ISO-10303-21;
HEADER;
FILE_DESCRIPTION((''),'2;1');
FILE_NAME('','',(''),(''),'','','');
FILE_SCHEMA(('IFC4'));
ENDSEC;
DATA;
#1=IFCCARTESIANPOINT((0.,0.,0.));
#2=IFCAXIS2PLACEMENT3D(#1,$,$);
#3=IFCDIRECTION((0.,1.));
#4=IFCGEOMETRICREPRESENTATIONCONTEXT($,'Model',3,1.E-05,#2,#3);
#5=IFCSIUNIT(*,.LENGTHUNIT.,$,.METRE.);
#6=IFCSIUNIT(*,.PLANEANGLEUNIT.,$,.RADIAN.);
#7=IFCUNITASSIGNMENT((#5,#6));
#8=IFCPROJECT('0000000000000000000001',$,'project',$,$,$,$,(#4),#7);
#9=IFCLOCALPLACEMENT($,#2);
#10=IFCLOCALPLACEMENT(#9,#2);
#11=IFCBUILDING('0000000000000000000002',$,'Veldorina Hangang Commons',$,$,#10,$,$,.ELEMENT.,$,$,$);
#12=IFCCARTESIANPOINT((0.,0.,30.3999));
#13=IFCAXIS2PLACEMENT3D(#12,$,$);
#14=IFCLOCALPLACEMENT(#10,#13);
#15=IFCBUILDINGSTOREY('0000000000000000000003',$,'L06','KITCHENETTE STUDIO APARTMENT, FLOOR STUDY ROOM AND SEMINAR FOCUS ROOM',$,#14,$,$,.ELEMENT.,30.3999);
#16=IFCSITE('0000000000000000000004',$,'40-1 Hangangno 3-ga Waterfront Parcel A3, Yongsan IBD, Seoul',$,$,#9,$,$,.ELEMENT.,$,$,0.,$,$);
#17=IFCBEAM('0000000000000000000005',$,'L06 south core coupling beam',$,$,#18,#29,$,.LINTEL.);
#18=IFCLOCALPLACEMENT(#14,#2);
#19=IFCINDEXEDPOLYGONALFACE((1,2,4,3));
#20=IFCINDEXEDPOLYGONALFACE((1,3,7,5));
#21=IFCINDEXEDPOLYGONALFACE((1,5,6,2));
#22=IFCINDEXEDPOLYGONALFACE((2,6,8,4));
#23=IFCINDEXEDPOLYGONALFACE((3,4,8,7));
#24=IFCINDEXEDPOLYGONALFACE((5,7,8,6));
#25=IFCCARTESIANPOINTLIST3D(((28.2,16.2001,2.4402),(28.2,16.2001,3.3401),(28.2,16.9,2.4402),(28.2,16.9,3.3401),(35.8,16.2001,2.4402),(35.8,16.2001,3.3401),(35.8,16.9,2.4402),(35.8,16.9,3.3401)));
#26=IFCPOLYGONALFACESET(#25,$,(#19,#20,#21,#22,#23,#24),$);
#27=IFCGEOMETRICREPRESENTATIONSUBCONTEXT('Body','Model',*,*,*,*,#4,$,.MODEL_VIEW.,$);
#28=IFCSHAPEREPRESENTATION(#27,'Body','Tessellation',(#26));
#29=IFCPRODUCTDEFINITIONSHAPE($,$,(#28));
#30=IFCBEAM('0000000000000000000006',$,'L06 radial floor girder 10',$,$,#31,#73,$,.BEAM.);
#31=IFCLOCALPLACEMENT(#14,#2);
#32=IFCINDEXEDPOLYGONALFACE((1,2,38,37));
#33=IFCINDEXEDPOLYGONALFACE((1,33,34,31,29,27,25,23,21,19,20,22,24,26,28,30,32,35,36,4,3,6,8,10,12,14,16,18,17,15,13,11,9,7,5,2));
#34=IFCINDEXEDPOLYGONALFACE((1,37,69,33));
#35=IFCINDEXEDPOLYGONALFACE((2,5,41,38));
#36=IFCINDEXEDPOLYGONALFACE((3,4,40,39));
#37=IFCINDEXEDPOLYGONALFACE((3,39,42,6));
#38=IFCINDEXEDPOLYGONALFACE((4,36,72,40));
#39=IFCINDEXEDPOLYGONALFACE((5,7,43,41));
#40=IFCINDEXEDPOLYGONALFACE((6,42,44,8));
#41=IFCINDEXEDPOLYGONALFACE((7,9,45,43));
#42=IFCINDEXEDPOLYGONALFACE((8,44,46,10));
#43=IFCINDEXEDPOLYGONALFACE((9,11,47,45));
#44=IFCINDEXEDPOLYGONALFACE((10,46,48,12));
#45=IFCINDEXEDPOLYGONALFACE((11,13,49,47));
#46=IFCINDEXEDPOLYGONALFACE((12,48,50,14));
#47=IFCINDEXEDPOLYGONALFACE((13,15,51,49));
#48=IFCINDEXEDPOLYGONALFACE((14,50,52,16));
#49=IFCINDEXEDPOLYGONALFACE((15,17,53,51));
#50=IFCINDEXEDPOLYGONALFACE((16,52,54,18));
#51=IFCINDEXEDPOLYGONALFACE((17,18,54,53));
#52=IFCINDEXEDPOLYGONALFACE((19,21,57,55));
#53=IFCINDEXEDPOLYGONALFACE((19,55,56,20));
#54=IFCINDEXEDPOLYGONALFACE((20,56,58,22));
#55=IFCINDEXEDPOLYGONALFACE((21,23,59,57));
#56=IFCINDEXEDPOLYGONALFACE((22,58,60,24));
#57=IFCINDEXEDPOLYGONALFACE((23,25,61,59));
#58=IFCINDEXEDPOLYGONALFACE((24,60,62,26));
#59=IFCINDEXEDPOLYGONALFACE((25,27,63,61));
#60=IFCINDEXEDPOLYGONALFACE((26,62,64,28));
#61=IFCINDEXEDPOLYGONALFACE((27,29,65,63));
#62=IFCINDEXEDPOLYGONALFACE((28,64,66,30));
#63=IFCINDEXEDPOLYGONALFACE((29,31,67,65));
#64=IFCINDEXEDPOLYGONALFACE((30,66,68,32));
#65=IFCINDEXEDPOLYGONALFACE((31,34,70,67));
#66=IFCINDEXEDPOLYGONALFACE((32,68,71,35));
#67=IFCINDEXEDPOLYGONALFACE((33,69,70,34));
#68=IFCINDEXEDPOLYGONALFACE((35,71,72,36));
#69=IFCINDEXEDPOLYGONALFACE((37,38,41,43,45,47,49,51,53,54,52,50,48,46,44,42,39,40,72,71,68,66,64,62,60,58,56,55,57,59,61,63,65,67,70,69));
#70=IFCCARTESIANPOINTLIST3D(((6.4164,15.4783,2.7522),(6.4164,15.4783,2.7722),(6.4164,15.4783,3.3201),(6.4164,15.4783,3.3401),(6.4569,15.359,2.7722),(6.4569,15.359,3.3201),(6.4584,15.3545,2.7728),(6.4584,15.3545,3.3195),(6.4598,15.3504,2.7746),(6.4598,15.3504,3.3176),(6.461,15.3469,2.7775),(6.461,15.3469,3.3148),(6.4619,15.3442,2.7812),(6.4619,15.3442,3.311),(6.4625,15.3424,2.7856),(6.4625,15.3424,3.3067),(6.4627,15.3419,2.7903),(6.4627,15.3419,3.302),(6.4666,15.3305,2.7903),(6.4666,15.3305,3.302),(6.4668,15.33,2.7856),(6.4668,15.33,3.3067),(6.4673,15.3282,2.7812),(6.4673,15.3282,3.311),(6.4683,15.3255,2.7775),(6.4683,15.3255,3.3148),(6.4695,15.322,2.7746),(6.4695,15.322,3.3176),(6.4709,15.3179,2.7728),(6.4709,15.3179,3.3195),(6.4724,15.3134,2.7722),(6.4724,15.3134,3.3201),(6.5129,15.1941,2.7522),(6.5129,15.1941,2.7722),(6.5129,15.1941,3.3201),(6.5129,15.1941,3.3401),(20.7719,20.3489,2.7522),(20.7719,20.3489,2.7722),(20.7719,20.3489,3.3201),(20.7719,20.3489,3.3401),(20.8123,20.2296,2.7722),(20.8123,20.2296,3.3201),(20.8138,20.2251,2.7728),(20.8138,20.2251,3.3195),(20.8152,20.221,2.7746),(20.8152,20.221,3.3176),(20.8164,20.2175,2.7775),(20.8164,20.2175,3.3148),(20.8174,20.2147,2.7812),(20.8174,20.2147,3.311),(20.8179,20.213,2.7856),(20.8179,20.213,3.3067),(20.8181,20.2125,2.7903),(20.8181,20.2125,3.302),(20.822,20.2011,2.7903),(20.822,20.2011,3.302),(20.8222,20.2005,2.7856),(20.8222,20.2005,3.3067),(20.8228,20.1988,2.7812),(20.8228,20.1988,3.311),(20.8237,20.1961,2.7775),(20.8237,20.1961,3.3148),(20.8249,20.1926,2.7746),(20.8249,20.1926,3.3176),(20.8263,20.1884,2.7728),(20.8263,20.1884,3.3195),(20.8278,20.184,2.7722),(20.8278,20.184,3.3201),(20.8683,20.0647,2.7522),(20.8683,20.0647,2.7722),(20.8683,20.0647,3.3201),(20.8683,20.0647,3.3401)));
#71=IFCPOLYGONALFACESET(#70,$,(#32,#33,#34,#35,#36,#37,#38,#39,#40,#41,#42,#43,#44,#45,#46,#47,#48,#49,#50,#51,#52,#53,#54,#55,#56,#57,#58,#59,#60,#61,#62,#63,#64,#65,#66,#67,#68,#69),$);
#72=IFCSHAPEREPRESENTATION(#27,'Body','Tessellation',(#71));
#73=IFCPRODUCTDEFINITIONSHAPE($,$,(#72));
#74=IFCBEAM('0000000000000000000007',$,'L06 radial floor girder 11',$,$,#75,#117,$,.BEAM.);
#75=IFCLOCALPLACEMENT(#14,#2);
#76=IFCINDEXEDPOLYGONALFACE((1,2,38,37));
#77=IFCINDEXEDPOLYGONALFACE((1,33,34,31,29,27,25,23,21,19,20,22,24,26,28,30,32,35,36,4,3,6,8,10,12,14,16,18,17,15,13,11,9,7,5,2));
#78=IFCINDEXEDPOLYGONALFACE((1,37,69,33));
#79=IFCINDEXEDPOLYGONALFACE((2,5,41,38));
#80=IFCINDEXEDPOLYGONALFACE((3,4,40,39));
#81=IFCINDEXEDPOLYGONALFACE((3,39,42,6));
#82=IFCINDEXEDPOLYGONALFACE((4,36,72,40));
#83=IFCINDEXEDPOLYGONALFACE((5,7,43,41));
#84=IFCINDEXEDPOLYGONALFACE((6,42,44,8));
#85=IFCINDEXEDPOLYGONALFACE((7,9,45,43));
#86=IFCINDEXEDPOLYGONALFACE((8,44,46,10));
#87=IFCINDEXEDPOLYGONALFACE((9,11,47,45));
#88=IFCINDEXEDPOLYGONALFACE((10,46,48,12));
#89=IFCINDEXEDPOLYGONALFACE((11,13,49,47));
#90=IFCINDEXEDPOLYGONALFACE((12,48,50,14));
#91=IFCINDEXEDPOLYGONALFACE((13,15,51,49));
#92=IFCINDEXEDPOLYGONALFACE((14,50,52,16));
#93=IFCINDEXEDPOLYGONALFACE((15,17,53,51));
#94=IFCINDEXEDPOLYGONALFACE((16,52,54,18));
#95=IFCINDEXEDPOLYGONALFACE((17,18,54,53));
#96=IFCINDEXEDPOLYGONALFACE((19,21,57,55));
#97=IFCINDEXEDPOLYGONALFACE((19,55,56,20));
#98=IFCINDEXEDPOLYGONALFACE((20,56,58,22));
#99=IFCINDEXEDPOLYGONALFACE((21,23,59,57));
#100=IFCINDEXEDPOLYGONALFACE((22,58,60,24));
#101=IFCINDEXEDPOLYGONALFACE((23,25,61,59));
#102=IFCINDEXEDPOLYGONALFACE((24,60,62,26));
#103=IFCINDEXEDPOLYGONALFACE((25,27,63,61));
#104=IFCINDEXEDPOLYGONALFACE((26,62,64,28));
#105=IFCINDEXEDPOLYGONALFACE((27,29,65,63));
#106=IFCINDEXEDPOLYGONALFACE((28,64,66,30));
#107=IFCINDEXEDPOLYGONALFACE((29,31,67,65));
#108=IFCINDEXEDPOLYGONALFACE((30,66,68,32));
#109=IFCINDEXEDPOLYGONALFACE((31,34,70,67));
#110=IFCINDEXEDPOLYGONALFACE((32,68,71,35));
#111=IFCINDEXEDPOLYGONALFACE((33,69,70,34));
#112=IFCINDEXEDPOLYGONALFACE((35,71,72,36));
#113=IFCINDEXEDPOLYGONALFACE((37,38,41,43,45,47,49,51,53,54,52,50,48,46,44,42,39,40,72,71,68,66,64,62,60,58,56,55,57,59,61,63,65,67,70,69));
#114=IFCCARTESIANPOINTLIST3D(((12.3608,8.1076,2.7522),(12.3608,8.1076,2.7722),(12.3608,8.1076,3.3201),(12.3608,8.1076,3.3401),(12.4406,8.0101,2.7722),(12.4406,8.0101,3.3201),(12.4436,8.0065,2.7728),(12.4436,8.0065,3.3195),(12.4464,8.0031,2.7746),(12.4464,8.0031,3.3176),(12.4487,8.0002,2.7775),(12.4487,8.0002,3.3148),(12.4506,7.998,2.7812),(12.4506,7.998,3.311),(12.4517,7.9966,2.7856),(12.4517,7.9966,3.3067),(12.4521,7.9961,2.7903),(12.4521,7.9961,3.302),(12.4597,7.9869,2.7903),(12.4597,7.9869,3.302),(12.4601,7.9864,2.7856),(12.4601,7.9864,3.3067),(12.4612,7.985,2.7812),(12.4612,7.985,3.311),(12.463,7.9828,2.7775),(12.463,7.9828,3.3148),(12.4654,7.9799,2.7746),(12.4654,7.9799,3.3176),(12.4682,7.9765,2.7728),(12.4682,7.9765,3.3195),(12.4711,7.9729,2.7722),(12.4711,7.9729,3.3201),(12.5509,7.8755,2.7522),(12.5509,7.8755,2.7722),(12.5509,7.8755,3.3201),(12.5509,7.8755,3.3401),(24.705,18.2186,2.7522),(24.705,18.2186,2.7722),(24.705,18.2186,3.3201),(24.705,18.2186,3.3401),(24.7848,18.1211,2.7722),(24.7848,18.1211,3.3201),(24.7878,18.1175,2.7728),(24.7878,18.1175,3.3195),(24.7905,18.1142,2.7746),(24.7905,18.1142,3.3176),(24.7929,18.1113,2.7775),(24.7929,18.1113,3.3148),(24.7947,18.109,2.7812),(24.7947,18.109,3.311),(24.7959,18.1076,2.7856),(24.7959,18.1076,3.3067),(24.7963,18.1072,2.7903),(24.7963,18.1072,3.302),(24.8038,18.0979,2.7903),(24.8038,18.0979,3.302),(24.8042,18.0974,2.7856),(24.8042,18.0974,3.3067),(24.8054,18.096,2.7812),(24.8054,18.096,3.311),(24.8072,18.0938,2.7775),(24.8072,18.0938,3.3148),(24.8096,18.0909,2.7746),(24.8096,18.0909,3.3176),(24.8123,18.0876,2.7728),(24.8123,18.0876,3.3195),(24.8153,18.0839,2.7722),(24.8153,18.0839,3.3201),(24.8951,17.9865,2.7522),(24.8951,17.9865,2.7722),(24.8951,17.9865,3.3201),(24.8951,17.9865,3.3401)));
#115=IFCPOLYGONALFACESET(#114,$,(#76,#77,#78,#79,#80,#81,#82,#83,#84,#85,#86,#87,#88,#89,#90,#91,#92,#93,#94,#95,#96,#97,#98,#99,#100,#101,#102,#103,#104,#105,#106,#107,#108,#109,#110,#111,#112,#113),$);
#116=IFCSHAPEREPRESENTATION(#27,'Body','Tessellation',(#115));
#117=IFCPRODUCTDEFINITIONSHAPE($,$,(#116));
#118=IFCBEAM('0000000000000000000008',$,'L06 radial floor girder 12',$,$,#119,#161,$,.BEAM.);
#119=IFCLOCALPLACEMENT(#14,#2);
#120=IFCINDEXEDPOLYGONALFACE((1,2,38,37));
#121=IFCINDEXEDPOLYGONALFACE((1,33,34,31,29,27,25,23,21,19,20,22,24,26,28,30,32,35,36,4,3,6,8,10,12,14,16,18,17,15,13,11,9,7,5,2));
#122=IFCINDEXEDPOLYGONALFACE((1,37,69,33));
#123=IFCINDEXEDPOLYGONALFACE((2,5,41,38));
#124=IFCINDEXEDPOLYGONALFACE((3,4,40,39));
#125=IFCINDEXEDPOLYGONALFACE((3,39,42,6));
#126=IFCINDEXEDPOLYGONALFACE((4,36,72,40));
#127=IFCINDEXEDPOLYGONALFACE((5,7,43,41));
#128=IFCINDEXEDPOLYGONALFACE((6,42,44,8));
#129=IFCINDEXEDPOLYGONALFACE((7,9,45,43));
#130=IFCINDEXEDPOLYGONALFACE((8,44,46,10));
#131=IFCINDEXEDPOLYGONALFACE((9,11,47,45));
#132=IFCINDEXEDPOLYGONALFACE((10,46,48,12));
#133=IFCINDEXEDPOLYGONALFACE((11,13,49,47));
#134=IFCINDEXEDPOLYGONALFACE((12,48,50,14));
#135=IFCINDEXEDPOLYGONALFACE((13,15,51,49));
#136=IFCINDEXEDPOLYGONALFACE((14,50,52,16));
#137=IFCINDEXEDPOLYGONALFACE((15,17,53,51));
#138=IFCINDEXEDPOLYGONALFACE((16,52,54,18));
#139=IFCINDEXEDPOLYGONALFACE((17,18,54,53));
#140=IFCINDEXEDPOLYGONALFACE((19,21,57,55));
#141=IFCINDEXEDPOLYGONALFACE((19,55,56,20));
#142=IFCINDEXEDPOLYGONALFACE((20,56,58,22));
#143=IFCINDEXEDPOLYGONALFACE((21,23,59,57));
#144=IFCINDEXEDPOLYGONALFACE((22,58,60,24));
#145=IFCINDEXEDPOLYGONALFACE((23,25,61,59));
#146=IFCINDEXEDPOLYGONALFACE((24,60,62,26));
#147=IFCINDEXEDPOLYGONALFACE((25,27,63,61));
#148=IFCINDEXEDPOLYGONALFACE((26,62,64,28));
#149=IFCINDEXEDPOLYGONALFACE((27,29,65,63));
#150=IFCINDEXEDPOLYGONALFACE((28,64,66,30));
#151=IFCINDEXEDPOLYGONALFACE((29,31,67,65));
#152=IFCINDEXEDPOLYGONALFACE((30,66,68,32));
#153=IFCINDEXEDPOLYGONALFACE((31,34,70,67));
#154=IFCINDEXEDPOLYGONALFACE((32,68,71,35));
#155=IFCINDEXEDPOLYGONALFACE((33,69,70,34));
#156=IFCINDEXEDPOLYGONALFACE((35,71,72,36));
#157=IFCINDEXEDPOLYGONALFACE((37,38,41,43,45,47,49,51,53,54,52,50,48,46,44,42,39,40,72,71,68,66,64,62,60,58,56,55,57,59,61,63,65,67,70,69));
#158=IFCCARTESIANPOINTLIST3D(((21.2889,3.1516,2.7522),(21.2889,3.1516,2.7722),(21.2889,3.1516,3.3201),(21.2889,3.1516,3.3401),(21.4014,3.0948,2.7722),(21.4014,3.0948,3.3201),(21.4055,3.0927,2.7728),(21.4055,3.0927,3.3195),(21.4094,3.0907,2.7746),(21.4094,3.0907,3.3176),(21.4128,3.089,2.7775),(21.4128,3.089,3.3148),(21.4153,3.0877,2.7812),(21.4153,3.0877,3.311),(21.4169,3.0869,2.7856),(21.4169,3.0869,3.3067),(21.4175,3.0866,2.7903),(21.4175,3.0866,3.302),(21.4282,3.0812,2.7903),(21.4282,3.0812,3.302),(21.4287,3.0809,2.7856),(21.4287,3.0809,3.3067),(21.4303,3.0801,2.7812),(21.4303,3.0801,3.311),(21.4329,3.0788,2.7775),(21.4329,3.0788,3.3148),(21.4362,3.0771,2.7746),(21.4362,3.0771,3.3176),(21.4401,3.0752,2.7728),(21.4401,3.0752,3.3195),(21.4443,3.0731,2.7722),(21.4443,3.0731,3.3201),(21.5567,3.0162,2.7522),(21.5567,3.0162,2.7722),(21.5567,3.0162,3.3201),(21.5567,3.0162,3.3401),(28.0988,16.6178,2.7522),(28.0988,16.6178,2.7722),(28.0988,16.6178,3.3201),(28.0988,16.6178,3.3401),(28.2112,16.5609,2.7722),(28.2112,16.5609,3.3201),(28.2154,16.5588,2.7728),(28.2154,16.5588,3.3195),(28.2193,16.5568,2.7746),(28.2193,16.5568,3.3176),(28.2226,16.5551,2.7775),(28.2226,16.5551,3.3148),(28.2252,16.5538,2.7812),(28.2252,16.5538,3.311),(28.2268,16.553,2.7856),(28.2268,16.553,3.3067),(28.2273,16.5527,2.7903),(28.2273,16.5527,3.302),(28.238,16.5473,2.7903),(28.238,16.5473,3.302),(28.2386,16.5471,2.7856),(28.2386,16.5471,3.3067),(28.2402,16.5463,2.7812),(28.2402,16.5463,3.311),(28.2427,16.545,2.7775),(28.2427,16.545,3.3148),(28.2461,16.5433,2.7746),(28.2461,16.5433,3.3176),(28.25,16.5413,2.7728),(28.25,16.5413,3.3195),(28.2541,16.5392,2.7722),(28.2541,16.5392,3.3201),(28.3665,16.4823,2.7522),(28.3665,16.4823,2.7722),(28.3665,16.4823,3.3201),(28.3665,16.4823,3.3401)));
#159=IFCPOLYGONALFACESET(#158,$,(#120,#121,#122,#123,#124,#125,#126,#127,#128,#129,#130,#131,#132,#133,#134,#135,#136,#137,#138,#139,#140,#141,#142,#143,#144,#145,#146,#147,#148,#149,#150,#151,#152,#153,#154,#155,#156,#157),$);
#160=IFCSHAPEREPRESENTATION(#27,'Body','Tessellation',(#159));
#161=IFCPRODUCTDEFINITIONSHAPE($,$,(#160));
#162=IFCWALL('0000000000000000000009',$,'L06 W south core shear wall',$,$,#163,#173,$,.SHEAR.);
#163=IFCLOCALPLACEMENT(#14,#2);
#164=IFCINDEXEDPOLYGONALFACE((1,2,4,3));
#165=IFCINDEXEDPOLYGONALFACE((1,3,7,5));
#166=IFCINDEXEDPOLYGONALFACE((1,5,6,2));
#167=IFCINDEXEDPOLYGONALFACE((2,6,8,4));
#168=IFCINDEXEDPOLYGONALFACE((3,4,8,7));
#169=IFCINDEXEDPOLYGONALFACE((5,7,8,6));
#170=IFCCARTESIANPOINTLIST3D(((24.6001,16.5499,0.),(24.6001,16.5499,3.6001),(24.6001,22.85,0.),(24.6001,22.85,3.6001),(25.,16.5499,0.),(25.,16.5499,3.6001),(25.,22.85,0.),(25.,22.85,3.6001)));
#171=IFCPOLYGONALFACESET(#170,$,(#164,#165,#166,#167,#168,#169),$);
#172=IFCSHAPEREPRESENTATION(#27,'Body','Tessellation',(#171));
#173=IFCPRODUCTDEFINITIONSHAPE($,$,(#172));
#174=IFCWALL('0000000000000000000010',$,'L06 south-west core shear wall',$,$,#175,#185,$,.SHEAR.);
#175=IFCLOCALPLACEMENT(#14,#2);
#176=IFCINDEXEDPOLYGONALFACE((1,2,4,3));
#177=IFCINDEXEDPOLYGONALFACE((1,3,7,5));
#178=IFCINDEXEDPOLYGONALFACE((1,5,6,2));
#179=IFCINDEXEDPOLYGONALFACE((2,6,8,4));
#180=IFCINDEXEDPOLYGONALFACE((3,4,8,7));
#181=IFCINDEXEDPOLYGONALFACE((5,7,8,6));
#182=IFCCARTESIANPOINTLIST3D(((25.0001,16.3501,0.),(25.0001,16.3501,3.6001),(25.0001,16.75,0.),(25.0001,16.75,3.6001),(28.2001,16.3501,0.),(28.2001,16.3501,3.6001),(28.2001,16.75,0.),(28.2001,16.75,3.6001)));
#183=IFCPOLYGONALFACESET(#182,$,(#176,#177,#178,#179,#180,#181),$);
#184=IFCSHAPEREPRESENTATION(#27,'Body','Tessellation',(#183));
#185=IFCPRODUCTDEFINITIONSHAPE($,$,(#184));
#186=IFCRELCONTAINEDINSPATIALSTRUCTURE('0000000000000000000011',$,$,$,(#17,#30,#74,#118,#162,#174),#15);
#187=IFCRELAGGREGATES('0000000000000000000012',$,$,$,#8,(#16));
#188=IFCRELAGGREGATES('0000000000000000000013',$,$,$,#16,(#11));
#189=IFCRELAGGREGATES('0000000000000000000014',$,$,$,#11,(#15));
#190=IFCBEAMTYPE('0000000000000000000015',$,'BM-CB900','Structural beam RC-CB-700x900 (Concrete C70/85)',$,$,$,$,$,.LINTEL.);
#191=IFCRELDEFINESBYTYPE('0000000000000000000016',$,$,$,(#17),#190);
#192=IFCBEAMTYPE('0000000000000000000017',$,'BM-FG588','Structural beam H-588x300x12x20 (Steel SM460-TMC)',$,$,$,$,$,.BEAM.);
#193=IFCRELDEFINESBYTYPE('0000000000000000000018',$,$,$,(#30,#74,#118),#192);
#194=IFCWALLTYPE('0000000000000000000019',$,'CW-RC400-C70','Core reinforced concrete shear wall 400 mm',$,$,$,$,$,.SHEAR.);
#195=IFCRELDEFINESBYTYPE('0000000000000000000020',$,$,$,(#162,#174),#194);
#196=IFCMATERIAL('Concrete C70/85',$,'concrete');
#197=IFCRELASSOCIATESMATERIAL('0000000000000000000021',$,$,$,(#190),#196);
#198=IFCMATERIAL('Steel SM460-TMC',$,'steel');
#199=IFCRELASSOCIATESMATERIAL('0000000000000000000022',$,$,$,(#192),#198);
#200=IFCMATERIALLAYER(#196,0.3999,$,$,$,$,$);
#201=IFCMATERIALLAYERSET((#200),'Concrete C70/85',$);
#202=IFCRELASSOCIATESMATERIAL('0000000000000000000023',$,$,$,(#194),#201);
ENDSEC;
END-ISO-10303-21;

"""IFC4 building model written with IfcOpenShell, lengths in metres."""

from ifc_helpers import new_model, si_unit, direction, frame, frame_2d, origin, origin_2d, place, context, subcontext, project, spatial, rectangle, i_section, extrude, material, layer, layer_set, material_profile, profile_set, type_object, element, save


model = new_model("IFC4")

# Units and contexts
model_context = context("Model", 3, precision=1e-05, world=origin(), true_north=direction((0.0, 1.0)))
body_context = subcontext(model_context, "Body", "Model", "MODEL_VIEW")
ifc_project = project(units=[si_unit("LENGTHUNIT", "METRE"), si_unit("PLANEANGLEUNIT", "RADIAN")], contexts=[model_context])

# Site, building, storey
site_placement = place(None, origin())
site = spatial("IfcSite", under=ifc_project, at=site_placement, Name="40-1 Hangangno 3-ga Waterfront Parcel A3, Yongsan IBD, Seoul", CompositionType="ELEMENT", RefElevation=0.0)
building_placement = place(site_placement, origin())
building = spatial("IfcBuilding", under=site, at=building_placement, Name="Veldorina Hangang Commons", CompositionType="ELEMENT")
storey_placement = place(building_placement, frame((0.0, 0.0, 30.3999)))
storey = spatial("IfcBuildingStorey", under=building, at=storey_placement, Name="L06", Description="KITCHENETTE STUDIO APARTMENT, FLOOR STUDY ROOM AND SEMINAR FOCUS ROOM", CompositionType="ELEMENT", Elevation=30.3999)

# Beams
ifc_material_1 = material(Name="Concrete C70/85", Category="concrete")
ifc_material_profile_1 = material_profile(ifc_material_1, rectangle(XDim=0.7, YDim=0.8999, at=origin_2d()), Name="RC-CB-700x900")
ifc_profile_set_1 = profile_set([ifc_material_profile_1], Name="Concrete C70/85")
beam_type_1 = type_object("IfcBeamType", Name="BM-CB900", Description="Structural beam RC-CB-700x900 (Concrete C70/85)", PredefinedType="LINTEL", material=ifc_profile_set_1)
beam_1_placement = place(storey_placement, frame((28.2, 16.55, 2.8901), z_axis=(1.0, 0.0, 0.0), x_axis=(0.0, 1.0, 0.0)))
element("IfcBeam", 1, at=beam_1_placement, inside=storey, type_object=beam_type_1, Name="L06 south core coupling beam", PredefinedType="LINTEL", context=body_context, shape_type="SweptSolid", body=[
    extrude(rectangle(XDim=0.7, YDim=0.8999, at=origin_2d()), origin(), (0.0, 0.0, 1.0), 7.6001),
])
ifc_material_2 = material(Name="Steel SM460-TMC", Category="steel")
ifc_material_profile_2 = material_profile(ifc_material_2, i_section(OverallWidth=0.3, OverallDepth=0.5879, WebThickness=0.012, FlangeThickness=0.02, FilletRadius=0.0181, at=origin_2d()), Name="H-588x300x12x20")
ifc_profile_set_2 = profile_set([ifc_material_profile_2], Name="Steel SM460-TMC")
beam_type_2 = type_object("IfcBeamType", Name="BM-FG588", Description="Structural beam H-588x300x12x20 (Steel SM460-TMC)", PredefinedType="BEAM", material=ifc_profile_set_2)
beam_2_placement = place(storey_placement, frame((20.8201, 20.2068, 3.0461), z_axis=(-0.946979, -0.321296, 0.0), x_axis=(0.321296, -0.946979, 0.0)))
element("IfcBeam", 2, at=beam_2_placement, inside=storey, type_object=beam_type_2, Name="L06 radial floor girder 10", PredefinedType="BEAM", context=body_context, shape_type="SweptSolid", body=[
    extrude(i_section(OverallWidth=0.3, OverallDepth=0.5879, WebThickness=0.012, FlangeThickness=0.02, FilletRadius=0.0181, at=origin_2d()), origin(), (0.0, 0.0, 1.0), 15.1592),
])
beam_3_placement = place(storey_placement, frame((24.8, 18.1025, 3.0461), z_axis=(-0.773612, -0.63366, 0.0), x_axis=(0.63366, -0.773612, 0.0)))
element("IfcBeam", 3, at=beam_3_placement, inside=storey, type_object=beam_type_2, Name="L06 radial floor girder 11", PredefinedType="BEAM", context=body_context, shape_type="SweptSolid", body=[
    extrude(i_section(OverallWidth=0.3, OverallDepth=0.5879, WebThickness=0.012, FlangeThickness=0.02, FilletRadius=0.0181, at=origin_2d()), origin(), (0.0, 0.0, 1.0), 15.9565),
])
beam_4_placement = place(storey_placement, frame((28.2327, 16.55, 3.0461), z_axis=(-0.45128, -0.892383, 0.0), x_axis=(0.892383, -0.45128, 0.0)))
element("IfcBeam", 4, at=beam_4_placement, inside=storey, type_object=beam_type_2, Name="L06 radial floor girder 12", PredefinedType="BEAM", context=body_context, shape_type="SweptSolid", body=[
    extrude(i_section(OverallWidth=0.3, OverallDepth=0.5879, WebThickness=0.012, FlangeThickness=0.02, FilletRadius=0.0181, at=origin_2d()), origin(), (0.0, 0.0, 1.0), 15.0901),
])

# Walls
ifc_layer_1 = layer(ifc_material_1, 0.3999)
ifc_layer_set_1 = layer_set([ifc_layer_1], Name="Concrete C70/85")
wall_type_1 = type_object("IfcWallType", Name="CW-RC400-C70", Description="Core reinforced concrete shear wall 400 mm", PredefinedType="SHEAR", material=ifc_layer_set_1)
wall_1_placement = place(storey_placement, frame((24.8, 16.55, 0.0), z_axis=(0.0, 0.0, 1.0), x_axis=(0.0, 1.0, 0.0)))
element("IfcWall", 5, at=wall_1_placement, inside=storey, type_object=wall_type_1, Name="L06 W south core shear wall", PredefinedType="SHEAR", context=body_context, shape_type="SweptSolid", body=[
    extrude(rectangle(XDim=6.3, YDim=0.3999, at=frame_2d((3.1499, 0.0))), origin(), (0.0, 0.0, 1.0), 3.6001),
])
wall_2_placement = place(storey_placement, frame((25.0, 16.55, 0.0), z_axis=(0.0, 0.0, 1.0), x_axis=(1.0, 0.0, 0.0)))
element("IfcWall", 6, at=wall_2_placement, inside=storey, type_object=wall_type_1, Name="L06 south-west core shear wall", PredefinedType="SHEAR", context=body_context, shape_type="SweptSolid", body=[
    extrude(rectangle(XDim=3.2, YDim=0.3999, at=frame_2d((1.6001, 0.0))), origin(), (0.0, 0.0, 1.0), 3.6001),
])

save(model, "model.ifc")
